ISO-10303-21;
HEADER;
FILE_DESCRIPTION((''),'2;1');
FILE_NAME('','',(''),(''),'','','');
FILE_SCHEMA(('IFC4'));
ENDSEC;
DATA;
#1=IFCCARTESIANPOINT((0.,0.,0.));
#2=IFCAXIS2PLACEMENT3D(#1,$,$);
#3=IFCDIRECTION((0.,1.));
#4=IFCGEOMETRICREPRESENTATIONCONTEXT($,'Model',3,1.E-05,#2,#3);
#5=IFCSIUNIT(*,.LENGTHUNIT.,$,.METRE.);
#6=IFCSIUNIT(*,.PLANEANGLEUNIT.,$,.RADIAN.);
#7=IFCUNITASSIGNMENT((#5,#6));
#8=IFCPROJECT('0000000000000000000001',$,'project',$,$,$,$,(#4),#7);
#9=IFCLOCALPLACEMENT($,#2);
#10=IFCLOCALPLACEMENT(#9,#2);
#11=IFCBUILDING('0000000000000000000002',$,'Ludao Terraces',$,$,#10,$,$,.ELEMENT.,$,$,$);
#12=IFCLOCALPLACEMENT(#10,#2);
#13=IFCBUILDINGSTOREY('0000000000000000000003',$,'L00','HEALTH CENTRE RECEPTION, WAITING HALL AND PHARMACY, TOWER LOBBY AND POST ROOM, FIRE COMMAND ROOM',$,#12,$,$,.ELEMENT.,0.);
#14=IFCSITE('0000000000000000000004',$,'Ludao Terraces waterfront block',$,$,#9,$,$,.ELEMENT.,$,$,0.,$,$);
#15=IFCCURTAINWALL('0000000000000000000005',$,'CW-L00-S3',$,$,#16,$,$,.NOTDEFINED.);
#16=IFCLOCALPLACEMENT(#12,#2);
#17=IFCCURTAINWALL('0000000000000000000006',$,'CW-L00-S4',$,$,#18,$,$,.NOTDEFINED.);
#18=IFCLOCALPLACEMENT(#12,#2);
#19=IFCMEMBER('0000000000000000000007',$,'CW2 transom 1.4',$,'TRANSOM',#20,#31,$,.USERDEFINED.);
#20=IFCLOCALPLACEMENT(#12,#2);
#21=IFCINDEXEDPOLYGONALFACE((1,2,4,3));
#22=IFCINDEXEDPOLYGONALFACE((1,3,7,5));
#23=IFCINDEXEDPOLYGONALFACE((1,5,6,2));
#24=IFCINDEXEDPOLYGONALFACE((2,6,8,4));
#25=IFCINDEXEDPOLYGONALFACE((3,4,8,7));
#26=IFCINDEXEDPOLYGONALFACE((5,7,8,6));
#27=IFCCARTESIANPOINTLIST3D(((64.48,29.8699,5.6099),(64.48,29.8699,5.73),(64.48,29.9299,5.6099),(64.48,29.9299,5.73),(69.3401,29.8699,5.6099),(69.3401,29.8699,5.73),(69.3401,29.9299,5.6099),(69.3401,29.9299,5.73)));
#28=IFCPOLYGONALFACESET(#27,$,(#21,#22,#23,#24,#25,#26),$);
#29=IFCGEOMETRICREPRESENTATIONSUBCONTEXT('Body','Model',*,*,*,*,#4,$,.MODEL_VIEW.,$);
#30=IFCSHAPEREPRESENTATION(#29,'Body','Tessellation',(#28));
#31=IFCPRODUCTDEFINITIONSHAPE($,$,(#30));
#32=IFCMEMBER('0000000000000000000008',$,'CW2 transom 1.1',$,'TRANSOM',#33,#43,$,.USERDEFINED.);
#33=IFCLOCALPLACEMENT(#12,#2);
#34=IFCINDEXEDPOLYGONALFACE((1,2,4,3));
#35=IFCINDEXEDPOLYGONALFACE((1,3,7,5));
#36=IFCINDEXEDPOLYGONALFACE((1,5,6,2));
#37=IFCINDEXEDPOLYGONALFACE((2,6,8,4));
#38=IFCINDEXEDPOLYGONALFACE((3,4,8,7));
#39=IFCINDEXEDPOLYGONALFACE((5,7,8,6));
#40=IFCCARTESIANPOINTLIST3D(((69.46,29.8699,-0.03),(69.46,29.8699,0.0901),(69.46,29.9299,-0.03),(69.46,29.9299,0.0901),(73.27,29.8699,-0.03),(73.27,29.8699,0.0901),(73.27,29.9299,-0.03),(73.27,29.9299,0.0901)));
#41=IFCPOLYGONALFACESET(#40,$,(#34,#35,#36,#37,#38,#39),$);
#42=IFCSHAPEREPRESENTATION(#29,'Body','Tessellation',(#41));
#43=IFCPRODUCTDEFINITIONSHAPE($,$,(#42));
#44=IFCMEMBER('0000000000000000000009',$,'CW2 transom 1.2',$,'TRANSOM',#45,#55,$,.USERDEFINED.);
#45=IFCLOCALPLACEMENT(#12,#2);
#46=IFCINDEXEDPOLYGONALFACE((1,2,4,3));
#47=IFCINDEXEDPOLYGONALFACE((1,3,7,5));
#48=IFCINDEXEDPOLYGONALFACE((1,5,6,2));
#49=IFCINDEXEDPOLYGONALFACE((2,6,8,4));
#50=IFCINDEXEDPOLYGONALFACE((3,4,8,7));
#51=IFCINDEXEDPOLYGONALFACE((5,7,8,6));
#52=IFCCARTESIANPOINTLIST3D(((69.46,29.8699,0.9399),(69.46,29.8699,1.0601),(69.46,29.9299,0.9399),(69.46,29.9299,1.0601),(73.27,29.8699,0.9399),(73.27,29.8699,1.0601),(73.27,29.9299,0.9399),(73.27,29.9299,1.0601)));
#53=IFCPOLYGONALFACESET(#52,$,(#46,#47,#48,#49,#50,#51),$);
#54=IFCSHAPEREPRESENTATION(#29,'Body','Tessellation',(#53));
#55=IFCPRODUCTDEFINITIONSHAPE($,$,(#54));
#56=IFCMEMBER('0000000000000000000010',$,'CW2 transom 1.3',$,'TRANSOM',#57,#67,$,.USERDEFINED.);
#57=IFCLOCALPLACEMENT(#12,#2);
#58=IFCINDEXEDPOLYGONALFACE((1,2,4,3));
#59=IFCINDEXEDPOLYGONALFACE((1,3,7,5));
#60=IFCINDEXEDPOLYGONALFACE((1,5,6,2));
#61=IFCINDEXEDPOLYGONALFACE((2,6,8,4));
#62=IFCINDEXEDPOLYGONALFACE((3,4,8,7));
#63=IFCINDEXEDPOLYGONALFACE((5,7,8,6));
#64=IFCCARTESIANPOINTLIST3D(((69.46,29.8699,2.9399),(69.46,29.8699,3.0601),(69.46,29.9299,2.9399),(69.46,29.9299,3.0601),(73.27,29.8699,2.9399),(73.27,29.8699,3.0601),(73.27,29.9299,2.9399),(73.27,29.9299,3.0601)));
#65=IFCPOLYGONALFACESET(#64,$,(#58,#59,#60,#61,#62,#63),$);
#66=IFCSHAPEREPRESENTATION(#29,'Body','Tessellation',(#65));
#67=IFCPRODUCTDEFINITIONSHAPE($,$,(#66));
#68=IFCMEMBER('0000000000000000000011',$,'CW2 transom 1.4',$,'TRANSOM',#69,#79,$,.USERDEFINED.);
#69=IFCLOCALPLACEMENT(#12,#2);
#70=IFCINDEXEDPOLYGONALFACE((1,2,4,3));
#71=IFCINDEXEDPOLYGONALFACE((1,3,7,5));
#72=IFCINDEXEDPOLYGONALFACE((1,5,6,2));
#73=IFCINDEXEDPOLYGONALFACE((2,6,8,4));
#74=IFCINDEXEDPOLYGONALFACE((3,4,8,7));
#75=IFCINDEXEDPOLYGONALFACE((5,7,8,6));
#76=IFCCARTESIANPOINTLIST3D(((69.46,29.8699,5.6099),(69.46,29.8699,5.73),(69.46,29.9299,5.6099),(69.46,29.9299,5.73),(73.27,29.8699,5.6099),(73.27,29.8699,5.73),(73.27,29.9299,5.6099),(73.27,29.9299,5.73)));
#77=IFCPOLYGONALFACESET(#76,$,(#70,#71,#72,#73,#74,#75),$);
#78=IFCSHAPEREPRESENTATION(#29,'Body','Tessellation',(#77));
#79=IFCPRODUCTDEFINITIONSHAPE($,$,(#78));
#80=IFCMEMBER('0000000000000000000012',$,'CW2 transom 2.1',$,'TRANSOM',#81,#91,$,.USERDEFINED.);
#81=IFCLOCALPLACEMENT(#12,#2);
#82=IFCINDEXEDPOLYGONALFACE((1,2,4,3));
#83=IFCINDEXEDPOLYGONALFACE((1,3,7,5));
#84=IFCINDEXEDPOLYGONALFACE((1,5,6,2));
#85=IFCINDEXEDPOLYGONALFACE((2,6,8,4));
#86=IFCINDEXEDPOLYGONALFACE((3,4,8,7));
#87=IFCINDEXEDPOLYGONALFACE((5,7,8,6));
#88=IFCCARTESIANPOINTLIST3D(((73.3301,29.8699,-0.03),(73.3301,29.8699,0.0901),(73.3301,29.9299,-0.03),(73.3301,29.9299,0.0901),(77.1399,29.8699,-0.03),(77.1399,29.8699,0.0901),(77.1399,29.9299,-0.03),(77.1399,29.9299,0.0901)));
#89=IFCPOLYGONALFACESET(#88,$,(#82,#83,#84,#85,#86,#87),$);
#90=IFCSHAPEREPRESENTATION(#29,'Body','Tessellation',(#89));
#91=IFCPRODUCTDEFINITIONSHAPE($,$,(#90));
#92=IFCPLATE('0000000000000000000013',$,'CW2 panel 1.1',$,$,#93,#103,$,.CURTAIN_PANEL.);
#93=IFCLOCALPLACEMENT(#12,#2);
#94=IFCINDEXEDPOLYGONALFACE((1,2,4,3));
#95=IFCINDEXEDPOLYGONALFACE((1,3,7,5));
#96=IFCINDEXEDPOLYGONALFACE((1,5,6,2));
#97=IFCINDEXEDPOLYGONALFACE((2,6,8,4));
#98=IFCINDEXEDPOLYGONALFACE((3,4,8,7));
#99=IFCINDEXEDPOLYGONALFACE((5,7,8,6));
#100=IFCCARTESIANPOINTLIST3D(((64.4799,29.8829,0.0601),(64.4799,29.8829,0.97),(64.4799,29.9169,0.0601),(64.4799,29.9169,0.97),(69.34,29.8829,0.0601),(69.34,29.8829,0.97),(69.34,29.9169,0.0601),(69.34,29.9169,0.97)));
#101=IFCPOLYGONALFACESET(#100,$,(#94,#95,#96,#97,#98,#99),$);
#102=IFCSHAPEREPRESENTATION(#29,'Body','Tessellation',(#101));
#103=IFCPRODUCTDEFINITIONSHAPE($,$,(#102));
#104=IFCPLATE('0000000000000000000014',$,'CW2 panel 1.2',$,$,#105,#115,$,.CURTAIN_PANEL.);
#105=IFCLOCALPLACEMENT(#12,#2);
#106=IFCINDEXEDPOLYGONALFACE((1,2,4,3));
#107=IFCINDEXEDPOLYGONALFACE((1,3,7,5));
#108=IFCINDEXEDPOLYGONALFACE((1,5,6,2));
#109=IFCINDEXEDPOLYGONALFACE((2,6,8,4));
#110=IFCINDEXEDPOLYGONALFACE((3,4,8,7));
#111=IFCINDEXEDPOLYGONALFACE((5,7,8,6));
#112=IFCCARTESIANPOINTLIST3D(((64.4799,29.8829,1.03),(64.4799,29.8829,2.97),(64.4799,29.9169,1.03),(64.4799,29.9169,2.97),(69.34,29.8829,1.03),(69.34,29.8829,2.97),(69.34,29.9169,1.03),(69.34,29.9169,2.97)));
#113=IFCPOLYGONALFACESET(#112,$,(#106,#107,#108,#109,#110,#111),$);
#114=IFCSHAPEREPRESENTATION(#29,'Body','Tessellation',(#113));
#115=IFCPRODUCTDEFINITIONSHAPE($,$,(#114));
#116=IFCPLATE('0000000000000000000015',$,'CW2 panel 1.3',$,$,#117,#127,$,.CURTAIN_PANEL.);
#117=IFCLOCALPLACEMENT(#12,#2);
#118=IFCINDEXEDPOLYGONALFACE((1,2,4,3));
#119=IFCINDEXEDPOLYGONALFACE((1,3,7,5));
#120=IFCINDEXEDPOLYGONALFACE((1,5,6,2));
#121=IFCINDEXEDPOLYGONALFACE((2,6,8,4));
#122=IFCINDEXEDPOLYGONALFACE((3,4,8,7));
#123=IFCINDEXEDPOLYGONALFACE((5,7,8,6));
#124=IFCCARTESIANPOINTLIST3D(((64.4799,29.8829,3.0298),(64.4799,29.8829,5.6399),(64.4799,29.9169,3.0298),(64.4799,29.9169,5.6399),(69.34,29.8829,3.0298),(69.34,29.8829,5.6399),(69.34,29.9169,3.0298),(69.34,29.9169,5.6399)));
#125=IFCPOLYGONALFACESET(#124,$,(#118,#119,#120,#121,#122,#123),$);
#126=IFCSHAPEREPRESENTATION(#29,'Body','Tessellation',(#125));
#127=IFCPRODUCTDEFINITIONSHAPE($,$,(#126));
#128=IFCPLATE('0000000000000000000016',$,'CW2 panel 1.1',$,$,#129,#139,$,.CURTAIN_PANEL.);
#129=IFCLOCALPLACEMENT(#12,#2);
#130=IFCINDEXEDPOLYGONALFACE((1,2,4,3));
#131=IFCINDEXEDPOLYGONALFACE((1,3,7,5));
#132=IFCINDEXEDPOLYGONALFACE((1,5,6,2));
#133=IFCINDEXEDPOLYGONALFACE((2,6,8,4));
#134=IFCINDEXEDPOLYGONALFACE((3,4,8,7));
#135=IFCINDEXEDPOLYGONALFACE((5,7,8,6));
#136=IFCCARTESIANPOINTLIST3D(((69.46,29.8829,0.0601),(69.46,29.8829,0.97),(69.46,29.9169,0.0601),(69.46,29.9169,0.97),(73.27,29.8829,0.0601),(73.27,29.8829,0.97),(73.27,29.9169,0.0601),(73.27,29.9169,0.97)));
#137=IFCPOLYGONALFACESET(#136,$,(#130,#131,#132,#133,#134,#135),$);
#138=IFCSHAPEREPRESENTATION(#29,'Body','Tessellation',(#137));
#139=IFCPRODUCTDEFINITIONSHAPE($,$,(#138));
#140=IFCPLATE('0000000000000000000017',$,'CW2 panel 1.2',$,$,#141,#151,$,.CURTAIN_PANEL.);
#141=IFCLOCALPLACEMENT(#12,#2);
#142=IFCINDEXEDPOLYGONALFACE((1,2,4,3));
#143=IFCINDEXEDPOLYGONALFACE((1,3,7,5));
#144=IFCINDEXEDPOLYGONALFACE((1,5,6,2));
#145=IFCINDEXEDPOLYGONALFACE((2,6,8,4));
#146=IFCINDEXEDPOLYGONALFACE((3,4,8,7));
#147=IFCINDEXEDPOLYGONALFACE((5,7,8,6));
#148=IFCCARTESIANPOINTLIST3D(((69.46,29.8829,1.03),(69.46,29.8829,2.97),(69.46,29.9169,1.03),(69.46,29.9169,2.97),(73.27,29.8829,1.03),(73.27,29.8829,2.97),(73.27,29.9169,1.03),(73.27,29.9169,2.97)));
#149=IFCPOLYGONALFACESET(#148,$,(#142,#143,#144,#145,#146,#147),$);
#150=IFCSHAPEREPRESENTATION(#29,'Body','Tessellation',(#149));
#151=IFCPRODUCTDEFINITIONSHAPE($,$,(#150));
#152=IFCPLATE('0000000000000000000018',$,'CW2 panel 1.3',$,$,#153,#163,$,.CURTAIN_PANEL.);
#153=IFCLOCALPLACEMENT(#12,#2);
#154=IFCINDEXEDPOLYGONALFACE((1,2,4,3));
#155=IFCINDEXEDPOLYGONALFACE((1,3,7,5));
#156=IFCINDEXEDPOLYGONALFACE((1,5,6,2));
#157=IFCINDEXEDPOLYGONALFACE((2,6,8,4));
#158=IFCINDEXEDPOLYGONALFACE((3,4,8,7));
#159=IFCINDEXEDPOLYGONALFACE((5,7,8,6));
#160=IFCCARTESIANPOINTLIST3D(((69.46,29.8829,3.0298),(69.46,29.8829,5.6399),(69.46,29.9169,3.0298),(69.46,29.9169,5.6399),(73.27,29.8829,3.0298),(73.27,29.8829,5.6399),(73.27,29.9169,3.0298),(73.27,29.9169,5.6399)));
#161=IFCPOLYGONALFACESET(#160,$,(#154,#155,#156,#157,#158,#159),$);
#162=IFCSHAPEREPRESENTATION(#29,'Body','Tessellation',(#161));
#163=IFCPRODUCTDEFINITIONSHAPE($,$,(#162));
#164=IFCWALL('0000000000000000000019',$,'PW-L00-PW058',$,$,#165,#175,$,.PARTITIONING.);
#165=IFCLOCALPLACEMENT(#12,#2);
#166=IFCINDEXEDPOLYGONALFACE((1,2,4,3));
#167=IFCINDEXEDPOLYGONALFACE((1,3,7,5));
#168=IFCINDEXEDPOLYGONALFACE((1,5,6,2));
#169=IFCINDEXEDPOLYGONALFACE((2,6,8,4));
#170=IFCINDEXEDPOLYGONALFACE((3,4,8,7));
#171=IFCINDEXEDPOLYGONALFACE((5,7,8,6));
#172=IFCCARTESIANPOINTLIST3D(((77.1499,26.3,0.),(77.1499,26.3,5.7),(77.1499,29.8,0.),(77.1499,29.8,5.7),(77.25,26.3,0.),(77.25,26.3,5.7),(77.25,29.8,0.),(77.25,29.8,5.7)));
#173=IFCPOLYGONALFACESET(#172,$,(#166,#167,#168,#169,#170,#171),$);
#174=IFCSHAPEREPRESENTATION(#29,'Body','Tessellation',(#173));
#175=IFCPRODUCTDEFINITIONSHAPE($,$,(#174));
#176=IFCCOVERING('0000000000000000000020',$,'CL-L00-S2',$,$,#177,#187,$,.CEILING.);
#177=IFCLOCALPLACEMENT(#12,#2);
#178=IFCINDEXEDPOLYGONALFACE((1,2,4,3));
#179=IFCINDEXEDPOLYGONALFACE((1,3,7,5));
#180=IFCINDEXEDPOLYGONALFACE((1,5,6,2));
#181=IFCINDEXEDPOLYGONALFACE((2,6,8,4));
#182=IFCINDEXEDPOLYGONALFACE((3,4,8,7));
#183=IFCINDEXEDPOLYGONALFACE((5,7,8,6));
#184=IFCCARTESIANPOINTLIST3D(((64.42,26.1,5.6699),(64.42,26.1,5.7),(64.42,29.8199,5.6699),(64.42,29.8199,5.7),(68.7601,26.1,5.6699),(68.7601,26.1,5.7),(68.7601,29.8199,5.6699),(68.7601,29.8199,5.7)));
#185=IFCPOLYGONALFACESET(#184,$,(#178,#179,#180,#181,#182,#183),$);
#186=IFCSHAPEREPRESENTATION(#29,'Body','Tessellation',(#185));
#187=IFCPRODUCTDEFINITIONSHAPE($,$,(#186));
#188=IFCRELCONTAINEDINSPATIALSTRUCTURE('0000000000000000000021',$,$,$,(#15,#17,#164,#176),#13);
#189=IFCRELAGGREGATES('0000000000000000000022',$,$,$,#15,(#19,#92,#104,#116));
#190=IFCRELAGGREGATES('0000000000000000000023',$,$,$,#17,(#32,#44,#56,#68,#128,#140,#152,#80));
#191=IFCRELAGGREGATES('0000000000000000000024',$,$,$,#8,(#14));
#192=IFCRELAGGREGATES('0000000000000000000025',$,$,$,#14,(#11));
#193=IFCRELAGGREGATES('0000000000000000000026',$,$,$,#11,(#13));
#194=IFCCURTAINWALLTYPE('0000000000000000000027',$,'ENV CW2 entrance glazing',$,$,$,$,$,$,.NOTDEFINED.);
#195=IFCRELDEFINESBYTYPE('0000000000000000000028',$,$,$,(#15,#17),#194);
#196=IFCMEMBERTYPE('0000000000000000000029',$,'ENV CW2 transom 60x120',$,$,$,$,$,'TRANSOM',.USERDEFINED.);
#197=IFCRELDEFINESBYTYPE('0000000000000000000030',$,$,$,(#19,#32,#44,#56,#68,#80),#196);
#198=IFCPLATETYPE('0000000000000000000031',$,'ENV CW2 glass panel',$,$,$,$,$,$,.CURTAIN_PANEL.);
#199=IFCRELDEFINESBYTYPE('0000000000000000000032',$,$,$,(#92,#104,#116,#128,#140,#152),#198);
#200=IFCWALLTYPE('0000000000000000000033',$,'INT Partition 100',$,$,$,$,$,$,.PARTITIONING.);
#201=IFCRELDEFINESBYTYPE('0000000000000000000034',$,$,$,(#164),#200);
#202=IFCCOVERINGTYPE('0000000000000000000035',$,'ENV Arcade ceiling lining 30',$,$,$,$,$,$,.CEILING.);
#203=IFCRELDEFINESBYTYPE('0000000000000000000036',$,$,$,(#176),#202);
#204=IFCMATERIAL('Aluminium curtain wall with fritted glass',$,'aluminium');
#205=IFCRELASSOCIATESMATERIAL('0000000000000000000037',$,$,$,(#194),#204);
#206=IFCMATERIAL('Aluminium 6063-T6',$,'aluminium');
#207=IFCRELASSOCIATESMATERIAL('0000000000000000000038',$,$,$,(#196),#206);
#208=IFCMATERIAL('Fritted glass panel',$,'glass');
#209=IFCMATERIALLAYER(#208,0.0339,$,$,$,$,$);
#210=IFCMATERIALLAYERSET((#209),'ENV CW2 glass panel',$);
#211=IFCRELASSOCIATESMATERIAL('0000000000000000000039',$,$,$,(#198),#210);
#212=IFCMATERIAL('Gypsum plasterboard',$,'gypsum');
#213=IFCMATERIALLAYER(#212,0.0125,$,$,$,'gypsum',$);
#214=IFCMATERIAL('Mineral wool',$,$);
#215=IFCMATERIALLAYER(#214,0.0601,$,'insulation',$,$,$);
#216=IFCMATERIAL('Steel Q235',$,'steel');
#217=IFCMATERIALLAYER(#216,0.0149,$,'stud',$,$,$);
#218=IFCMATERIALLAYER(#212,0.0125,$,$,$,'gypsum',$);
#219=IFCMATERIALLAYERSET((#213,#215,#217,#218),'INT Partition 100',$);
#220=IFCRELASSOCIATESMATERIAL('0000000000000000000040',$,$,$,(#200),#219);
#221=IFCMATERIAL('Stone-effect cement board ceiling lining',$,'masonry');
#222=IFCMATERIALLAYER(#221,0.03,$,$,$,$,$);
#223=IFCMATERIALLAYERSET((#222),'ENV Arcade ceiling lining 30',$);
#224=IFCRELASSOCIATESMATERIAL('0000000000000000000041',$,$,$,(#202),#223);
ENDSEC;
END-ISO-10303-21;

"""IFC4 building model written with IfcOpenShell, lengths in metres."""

from ifc_helpers import new_model, si_unit, direction, frame, frame_2d, origin, origin_2d, place, context, subcontext, project, spatial, rectangle, extrude, material, layer, layer_set, material_profile, profile_set, type_object, element, aggregate, save


model = new_model("IFC4")

# Units and contexts
model_context = context("Model", 3, precision=1e-05, world=origin(), true_north=direction((0.0, 1.0)))
body_context = subcontext(model_context, "Body", "Model", "MODEL_VIEW")
ifc_project = project(units=[si_unit("LENGTHUNIT", "METRE"), si_unit("PLANEANGLEUNIT", "RADIAN")], contexts=[model_context])

# Site, building, storey
site_placement = place(None, origin())
site = spatial("IfcSite", under=ifc_project, at=site_placement, Name="Ludao Terraces waterfront block", CompositionType="ELEMENT", RefElevation=0.0)
building_placement = place(site_placement, origin())
building = spatial("IfcBuilding", under=site, at=building_placement, Name="Ludao Terraces", CompositionType="ELEMENT")
storey_placement = place(building_placement, origin())
storey = spatial("IfcBuildingStorey", under=building, at=storey_placement, Name="L00", Description="HEALTH CENTRE RECEPTION, WAITING HALL AND PHARMACY, TOWER LOBBY AND POST ROOM, FIRE COMMAND ROOM", CompositionType="ELEMENT", Elevation=0.0)

# Curtain walls
ifc_material_1 = material(Name="Aluminium curtain wall with fritted glass", Category="aluminium")
curtain_wall_type = type_object("IfcCurtainWallType", Name="ENV CW2 entrance glazing", PredefinedType="NOTDEFINED", material=ifc_material_1)
curtain_wall_1_placement = place(storey_placement, origin())
curtain_wall_1 = element("IfcCurtainWall", 1, at=curtain_wall_1_placement, inside=storey, type_object=curtain_wall_type, Name="CW-L00-S3", PredefinedType="NOTDEFINED")
ifc_material_2 = material(Name="Aluminium 6063-T6", Category="aluminium")
curtain_wall_2_placement = place(storey_placement, origin())
curtain_wall_2 = element("IfcCurtainWall", 2, at=curtain_wall_2_placement, inside=storey, type_object=curtain_wall_type, Name="CW-L00-S4", PredefinedType="NOTDEFINED")

# Members
ifc_material_profile_1 = material_profile(ifc_material_2, rectangle(XDim=0.0601, YDim=0.1201, at=origin_2d()), Name="60 X 120")
ifc_profile_set_1 = profile_set([ifc_material_profile_1], Name="Aluminium 6063-T6")
member_type_1 = type_object("IfcMemberType", Name="ENV CW2 transom 60x120", ElementType="TRANSOM", PredefinedType="USERDEFINED", material=ifc_profile_set_1)
member_1_placement = place(storey_placement, frame((64.48, 29.8999, 5.6699), z_axis=(1.0, 0.0, 0.0), x_axis=(0.0, 1.0, 0.0)))
member_1 = element("IfcMember", 3, at=member_1_placement, type_object=member_type_1, Name="CW2 transom 1.4", ObjectType="TRANSOM", PredefinedType="USERDEFINED", context=body_context, shape_type="SweptSolid", body=[
    extrude(rectangle(XDim=0.0601, YDim=0.1201, at=origin_2d()), origin(), (0.0, 0.0, 1.0), 4.8601),
])
member_2_placement = place(storey_placement, frame((69.46, 29.8999, 0.03), z_axis=(1.0, 0.0, 0.0), x_axis=(0.0, 1.0, 0.0)))
member_2 = element("IfcMember", 4, at=member_2_placement, type_object=member_type_1, Name="CW2 transom 1.1", ObjectType="TRANSOM", PredefinedType="USERDEFINED", context=body_context, shape_type="SweptSolid", body=[
    extrude(rectangle(XDim=0.0601, YDim=0.1201, at=origin_2d()), origin(), (0.0, 0.0, 1.0), 3.8101),
])
member_3_placement = place(storey_placement, frame((69.46, 29.8999, 1.0), z_axis=(1.0, 0.0, 0.0), x_axis=(0.0, 1.0, 0.0)))
member_3 = element("IfcMember", 5, at=member_3_placement, type_object=member_type_1, Name="CW2 transom 1.2", ObjectType="TRANSOM", PredefinedType="USERDEFINED", context=body_context, shape_type="SweptSolid", body=[
    extrude(rectangle(XDim=0.0601, YDim=0.1201, at=origin_2d()), origin(), (0.0, 0.0, 1.0), 3.8101),
])
member_4_placement = place(storey_placement, frame((69.46, 29.8999, 3.0), z_axis=(1.0, 0.0, 0.0), x_axis=(0.0, 1.0, 0.0)))
member_4 = element("IfcMember", 6, at=member_4_placement, type_object=member_type_1, Name="CW2 transom 1.3", ObjectType="TRANSOM", PredefinedType="USERDEFINED", context=body_context, shape_type="SweptSolid", body=[
    extrude(rectangle(XDim=0.0601, YDim=0.1201, at=origin_2d()), origin(), (0.0, 0.0, 1.0), 3.8101),
])
member_5_placement = place(storey_placement, frame((69.46, 29.8999, 5.6699), z_axis=(1.0, 0.0, 0.0), x_axis=(0.0, 1.0, 0.0)))
member_5 = element("IfcMember", 7, at=member_5_placement, type_object=member_type_1, Name="CW2 transom 1.4", ObjectType="TRANSOM", PredefinedType="USERDEFINED", context=body_context, shape_type="SweptSolid", body=[
    extrude(rectangle(XDim=0.0601, YDim=0.1201, at=origin_2d()), origin(), (0.0, 0.0, 1.0), 3.8101),
])
member_6_placement = place(storey_placement, frame((73.3301, 29.8999, 0.03), z_axis=(1.0, 0.0, 0.0), x_axis=(0.0, 1.0, 0.0)))
member_6 = element("IfcMember", 8, at=member_6_placement, type_object=member_type_1, Name="CW2 transom 2.1", ObjectType="TRANSOM", PredefinedType="USERDEFINED", context=body_context, shape_type="SweptSolid", body=[
    extrude(rectangle(XDim=0.0601, YDim=0.1201, at=origin_2d()), origin(), (0.0, 0.0, 1.0), 3.8098),
])

# Plates
ifc_material_3 = material(Name="Fritted glass panel", Category="glass")
ifc_layer_1 = layer(ifc_material_3, 0.0339)
ifc_layer_set_1 = layer_set([ifc_layer_1], Name="ENV CW2 glass panel")
plate_type = type_object("IfcPlateType", Name="ENV CW2 glass panel", PredefinedType="CURTAIN_PANEL", material=ifc_layer_set_1)
plate_1_placement = place(storey_placement, frame((66.9099, 29.8999, 0.0601), z_axis=(0.0, 0.0, 1.0), x_axis=(1.0, 0.0, 0.0)))
plate_1 = element("IfcPlate", 9, at=plate_1_placement, type_object=plate_type, Name="CW2 panel 1.1", PredefinedType="CURTAIN_PANEL", context=body_context, shape_type="SweptSolid", body=[
    extrude(rectangle(XDim=4.8601, YDim=0.0339, at=origin_2d()), origin(), (0.0, 0.0, 1.0), 0.9099),
])
plate_2_placement = place(storey_placement, frame((66.9099, 29.8999, 1.03), z_axis=(0.0, 0.0, 1.0), x_axis=(1.0, 0.0, 0.0)))
plate_2 = element("IfcPlate", 10, at=plate_2_placement, type_object=plate_type, Name="CW2 panel 1.2", PredefinedType="CURTAIN_PANEL", context=body_context, shape_type="SweptSolid", body=[
    extrude(rectangle(XDim=4.8601, YDim=0.0339, at=origin_2d()), origin(), (0.0, 0.0, 1.0), 1.9399),
])
plate_3_placement = place(storey_placement, frame((66.9099, 29.8999, 3.0298), z_axis=(0.0, 0.0, 1.0), x_axis=(1.0, 0.0, 0.0)))
plate_3 = element("IfcPlate", 11, at=plate_3_placement, type_object=plate_type, Name="CW2 panel 1.3", PredefinedType="CURTAIN_PANEL", context=body_context, shape_type="SweptSolid", body=[
    extrude(rectangle(XDim=4.8601, YDim=0.0339, at=origin_2d()), origin(), (0.0, 0.0, 1.0), 2.6101),
])
aggregate(curtain_wall_1, [member_1, plate_1, plate_2, plate_3])
plate_4_placement = place(storey_placement, frame((71.365, 29.8999, 0.0601), z_axis=(0.0, 0.0, 1.0), x_axis=(1.0, 0.0, 0.0)))
plate_4 = element("IfcPlate", 12, at=plate_4_placement, type_object=plate_type, Name="CW2 panel 1.1", PredefinedType="CURTAIN_PANEL", context=body_context, shape_type="SweptSolid", body=[
    extrude(rectangle(XDim=3.8101, YDim=0.0339, at=origin_2d()), origin(), (0.0, 0.0, 1.0), 0.9099),
])
plate_5_placement = place(storey_placement, frame((71.365, 29.8999, 1.03), z_axis=(0.0, 0.0, 1.0), x_axis=(1.0, 0.0, 0.0)))
plate_5 = element("IfcPlate", 13, at=plate_5_placement, type_object=plate_type, Name="CW2 panel 1.2", PredefinedType="CURTAIN_PANEL", context=body_context, shape_type="SweptSolid", body=[
    extrude(rectangle(XDim=3.8101, YDim=0.0339, at=origin_2d()), origin(), (0.0, 0.0, 1.0), 1.9399),
])
plate_6_placement = place(storey_placement, frame((71.365, 29.8999, 3.0298), z_axis=(0.0, 0.0, 1.0), x_axis=(1.0, 0.0, 0.0)))
plate_6 = element("IfcPlate", 14, at=plate_6_placement, type_object=plate_type, Name="CW2 panel 1.3", PredefinedType="CURTAIN_PANEL", context=body_context, shape_type="SweptSolid", body=[
    extrude(rectangle(XDim=3.8101, YDim=0.0339, at=origin_2d()), origin(), (0.0, 0.0, 1.0), 2.6101),
])
aggregate(curtain_wall_2, [member_2, member_3, member_4, member_5, plate_4, plate_5, plate_6, member_6])

# Wall
ifc_material_4 = material(Name="Gypsum plasterboard", Category="gypsum")
ifc_layer_2 = layer(ifc_material_4, 0.0125, Category="gypsum")
ifc_material_5 = material(Name="Mineral wool")
ifc_layer_3 = layer(ifc_material_5, 0.0601, Name="insulation")
ifc_material_6 = material(Name="Steel Q235", Category="steel")
ifc_layer_4 = layer(ifc_material_6, 0.0149, Name="stud")
ifc_layer_5 = layer(ifc_material_4, 0.0125, Category="gypsum")
ifc_layer_set_2 = layer_set([ifc_layer_2, ifc_layer_3, ifc_layer_4, ifc_layer_5], Name="INT Partition 100")
wall_type = type_object("IfcWallType", Name="INT Partition 100", PredefinedType="PARTITIONING", material=ifc_layer_set_2)
wall_placement = place(storey_placement, frame((77.2, 26.3, 0.0), z_axis=(0.0, 0.0, 1.0), x_axis=(0.0, 1.0, 0.0)))
element("IfcWall", 15, at=wall_placement, inside=storey, type_object=wall_type, Name="PW-L00-PW058", PredefinedType="PARTITIONING", context=body_context, shape_type="SweptSolid", body=[
    extrude(rectangle(XDim=3.5, YDim=0.1001, at=frame_2d((1.75, 0.0))), origin(), (0.0, 0.0, 1.0), 5.7),
])

# Covering
ifc_material_7 = material(Name="Stone-effect cement board ceiling lining", Category="masonry")
ifc_layer_6 = layer(ifc_material_7, 0.03)
ifc_layer_set_3 = layer_set([ifc_layer_6], Name="ENV Arcade ceiling lining 30")
covering_type = type_object("IfcCoveringType", Name="ENV Arcade ceiling lining 30", PredefinedType="CEILING", material=ifc_layer_set_3)
covering_1_placement = place(storey_placement, frame((66.5901, 27.96, 5.6699), z_axis=(0.0, 0.0, 1.0), x_axis=(1.0, 0.0, 0.0)))
element("IfcCovering", 16, at=covering_1_placement, inside=storey, type_object=covering_type, Name="CL-L00-S2", PredefinedType="CEILING", context=body_context, shape_type="SweptSolid", body=[
    extrude(rectangle(XDim=4.3401, YDim=3.72, at=origin_2d()), origin(), (0.0, 0.0, 1.0), 0.03),
])

save(model, "model.ifc")
